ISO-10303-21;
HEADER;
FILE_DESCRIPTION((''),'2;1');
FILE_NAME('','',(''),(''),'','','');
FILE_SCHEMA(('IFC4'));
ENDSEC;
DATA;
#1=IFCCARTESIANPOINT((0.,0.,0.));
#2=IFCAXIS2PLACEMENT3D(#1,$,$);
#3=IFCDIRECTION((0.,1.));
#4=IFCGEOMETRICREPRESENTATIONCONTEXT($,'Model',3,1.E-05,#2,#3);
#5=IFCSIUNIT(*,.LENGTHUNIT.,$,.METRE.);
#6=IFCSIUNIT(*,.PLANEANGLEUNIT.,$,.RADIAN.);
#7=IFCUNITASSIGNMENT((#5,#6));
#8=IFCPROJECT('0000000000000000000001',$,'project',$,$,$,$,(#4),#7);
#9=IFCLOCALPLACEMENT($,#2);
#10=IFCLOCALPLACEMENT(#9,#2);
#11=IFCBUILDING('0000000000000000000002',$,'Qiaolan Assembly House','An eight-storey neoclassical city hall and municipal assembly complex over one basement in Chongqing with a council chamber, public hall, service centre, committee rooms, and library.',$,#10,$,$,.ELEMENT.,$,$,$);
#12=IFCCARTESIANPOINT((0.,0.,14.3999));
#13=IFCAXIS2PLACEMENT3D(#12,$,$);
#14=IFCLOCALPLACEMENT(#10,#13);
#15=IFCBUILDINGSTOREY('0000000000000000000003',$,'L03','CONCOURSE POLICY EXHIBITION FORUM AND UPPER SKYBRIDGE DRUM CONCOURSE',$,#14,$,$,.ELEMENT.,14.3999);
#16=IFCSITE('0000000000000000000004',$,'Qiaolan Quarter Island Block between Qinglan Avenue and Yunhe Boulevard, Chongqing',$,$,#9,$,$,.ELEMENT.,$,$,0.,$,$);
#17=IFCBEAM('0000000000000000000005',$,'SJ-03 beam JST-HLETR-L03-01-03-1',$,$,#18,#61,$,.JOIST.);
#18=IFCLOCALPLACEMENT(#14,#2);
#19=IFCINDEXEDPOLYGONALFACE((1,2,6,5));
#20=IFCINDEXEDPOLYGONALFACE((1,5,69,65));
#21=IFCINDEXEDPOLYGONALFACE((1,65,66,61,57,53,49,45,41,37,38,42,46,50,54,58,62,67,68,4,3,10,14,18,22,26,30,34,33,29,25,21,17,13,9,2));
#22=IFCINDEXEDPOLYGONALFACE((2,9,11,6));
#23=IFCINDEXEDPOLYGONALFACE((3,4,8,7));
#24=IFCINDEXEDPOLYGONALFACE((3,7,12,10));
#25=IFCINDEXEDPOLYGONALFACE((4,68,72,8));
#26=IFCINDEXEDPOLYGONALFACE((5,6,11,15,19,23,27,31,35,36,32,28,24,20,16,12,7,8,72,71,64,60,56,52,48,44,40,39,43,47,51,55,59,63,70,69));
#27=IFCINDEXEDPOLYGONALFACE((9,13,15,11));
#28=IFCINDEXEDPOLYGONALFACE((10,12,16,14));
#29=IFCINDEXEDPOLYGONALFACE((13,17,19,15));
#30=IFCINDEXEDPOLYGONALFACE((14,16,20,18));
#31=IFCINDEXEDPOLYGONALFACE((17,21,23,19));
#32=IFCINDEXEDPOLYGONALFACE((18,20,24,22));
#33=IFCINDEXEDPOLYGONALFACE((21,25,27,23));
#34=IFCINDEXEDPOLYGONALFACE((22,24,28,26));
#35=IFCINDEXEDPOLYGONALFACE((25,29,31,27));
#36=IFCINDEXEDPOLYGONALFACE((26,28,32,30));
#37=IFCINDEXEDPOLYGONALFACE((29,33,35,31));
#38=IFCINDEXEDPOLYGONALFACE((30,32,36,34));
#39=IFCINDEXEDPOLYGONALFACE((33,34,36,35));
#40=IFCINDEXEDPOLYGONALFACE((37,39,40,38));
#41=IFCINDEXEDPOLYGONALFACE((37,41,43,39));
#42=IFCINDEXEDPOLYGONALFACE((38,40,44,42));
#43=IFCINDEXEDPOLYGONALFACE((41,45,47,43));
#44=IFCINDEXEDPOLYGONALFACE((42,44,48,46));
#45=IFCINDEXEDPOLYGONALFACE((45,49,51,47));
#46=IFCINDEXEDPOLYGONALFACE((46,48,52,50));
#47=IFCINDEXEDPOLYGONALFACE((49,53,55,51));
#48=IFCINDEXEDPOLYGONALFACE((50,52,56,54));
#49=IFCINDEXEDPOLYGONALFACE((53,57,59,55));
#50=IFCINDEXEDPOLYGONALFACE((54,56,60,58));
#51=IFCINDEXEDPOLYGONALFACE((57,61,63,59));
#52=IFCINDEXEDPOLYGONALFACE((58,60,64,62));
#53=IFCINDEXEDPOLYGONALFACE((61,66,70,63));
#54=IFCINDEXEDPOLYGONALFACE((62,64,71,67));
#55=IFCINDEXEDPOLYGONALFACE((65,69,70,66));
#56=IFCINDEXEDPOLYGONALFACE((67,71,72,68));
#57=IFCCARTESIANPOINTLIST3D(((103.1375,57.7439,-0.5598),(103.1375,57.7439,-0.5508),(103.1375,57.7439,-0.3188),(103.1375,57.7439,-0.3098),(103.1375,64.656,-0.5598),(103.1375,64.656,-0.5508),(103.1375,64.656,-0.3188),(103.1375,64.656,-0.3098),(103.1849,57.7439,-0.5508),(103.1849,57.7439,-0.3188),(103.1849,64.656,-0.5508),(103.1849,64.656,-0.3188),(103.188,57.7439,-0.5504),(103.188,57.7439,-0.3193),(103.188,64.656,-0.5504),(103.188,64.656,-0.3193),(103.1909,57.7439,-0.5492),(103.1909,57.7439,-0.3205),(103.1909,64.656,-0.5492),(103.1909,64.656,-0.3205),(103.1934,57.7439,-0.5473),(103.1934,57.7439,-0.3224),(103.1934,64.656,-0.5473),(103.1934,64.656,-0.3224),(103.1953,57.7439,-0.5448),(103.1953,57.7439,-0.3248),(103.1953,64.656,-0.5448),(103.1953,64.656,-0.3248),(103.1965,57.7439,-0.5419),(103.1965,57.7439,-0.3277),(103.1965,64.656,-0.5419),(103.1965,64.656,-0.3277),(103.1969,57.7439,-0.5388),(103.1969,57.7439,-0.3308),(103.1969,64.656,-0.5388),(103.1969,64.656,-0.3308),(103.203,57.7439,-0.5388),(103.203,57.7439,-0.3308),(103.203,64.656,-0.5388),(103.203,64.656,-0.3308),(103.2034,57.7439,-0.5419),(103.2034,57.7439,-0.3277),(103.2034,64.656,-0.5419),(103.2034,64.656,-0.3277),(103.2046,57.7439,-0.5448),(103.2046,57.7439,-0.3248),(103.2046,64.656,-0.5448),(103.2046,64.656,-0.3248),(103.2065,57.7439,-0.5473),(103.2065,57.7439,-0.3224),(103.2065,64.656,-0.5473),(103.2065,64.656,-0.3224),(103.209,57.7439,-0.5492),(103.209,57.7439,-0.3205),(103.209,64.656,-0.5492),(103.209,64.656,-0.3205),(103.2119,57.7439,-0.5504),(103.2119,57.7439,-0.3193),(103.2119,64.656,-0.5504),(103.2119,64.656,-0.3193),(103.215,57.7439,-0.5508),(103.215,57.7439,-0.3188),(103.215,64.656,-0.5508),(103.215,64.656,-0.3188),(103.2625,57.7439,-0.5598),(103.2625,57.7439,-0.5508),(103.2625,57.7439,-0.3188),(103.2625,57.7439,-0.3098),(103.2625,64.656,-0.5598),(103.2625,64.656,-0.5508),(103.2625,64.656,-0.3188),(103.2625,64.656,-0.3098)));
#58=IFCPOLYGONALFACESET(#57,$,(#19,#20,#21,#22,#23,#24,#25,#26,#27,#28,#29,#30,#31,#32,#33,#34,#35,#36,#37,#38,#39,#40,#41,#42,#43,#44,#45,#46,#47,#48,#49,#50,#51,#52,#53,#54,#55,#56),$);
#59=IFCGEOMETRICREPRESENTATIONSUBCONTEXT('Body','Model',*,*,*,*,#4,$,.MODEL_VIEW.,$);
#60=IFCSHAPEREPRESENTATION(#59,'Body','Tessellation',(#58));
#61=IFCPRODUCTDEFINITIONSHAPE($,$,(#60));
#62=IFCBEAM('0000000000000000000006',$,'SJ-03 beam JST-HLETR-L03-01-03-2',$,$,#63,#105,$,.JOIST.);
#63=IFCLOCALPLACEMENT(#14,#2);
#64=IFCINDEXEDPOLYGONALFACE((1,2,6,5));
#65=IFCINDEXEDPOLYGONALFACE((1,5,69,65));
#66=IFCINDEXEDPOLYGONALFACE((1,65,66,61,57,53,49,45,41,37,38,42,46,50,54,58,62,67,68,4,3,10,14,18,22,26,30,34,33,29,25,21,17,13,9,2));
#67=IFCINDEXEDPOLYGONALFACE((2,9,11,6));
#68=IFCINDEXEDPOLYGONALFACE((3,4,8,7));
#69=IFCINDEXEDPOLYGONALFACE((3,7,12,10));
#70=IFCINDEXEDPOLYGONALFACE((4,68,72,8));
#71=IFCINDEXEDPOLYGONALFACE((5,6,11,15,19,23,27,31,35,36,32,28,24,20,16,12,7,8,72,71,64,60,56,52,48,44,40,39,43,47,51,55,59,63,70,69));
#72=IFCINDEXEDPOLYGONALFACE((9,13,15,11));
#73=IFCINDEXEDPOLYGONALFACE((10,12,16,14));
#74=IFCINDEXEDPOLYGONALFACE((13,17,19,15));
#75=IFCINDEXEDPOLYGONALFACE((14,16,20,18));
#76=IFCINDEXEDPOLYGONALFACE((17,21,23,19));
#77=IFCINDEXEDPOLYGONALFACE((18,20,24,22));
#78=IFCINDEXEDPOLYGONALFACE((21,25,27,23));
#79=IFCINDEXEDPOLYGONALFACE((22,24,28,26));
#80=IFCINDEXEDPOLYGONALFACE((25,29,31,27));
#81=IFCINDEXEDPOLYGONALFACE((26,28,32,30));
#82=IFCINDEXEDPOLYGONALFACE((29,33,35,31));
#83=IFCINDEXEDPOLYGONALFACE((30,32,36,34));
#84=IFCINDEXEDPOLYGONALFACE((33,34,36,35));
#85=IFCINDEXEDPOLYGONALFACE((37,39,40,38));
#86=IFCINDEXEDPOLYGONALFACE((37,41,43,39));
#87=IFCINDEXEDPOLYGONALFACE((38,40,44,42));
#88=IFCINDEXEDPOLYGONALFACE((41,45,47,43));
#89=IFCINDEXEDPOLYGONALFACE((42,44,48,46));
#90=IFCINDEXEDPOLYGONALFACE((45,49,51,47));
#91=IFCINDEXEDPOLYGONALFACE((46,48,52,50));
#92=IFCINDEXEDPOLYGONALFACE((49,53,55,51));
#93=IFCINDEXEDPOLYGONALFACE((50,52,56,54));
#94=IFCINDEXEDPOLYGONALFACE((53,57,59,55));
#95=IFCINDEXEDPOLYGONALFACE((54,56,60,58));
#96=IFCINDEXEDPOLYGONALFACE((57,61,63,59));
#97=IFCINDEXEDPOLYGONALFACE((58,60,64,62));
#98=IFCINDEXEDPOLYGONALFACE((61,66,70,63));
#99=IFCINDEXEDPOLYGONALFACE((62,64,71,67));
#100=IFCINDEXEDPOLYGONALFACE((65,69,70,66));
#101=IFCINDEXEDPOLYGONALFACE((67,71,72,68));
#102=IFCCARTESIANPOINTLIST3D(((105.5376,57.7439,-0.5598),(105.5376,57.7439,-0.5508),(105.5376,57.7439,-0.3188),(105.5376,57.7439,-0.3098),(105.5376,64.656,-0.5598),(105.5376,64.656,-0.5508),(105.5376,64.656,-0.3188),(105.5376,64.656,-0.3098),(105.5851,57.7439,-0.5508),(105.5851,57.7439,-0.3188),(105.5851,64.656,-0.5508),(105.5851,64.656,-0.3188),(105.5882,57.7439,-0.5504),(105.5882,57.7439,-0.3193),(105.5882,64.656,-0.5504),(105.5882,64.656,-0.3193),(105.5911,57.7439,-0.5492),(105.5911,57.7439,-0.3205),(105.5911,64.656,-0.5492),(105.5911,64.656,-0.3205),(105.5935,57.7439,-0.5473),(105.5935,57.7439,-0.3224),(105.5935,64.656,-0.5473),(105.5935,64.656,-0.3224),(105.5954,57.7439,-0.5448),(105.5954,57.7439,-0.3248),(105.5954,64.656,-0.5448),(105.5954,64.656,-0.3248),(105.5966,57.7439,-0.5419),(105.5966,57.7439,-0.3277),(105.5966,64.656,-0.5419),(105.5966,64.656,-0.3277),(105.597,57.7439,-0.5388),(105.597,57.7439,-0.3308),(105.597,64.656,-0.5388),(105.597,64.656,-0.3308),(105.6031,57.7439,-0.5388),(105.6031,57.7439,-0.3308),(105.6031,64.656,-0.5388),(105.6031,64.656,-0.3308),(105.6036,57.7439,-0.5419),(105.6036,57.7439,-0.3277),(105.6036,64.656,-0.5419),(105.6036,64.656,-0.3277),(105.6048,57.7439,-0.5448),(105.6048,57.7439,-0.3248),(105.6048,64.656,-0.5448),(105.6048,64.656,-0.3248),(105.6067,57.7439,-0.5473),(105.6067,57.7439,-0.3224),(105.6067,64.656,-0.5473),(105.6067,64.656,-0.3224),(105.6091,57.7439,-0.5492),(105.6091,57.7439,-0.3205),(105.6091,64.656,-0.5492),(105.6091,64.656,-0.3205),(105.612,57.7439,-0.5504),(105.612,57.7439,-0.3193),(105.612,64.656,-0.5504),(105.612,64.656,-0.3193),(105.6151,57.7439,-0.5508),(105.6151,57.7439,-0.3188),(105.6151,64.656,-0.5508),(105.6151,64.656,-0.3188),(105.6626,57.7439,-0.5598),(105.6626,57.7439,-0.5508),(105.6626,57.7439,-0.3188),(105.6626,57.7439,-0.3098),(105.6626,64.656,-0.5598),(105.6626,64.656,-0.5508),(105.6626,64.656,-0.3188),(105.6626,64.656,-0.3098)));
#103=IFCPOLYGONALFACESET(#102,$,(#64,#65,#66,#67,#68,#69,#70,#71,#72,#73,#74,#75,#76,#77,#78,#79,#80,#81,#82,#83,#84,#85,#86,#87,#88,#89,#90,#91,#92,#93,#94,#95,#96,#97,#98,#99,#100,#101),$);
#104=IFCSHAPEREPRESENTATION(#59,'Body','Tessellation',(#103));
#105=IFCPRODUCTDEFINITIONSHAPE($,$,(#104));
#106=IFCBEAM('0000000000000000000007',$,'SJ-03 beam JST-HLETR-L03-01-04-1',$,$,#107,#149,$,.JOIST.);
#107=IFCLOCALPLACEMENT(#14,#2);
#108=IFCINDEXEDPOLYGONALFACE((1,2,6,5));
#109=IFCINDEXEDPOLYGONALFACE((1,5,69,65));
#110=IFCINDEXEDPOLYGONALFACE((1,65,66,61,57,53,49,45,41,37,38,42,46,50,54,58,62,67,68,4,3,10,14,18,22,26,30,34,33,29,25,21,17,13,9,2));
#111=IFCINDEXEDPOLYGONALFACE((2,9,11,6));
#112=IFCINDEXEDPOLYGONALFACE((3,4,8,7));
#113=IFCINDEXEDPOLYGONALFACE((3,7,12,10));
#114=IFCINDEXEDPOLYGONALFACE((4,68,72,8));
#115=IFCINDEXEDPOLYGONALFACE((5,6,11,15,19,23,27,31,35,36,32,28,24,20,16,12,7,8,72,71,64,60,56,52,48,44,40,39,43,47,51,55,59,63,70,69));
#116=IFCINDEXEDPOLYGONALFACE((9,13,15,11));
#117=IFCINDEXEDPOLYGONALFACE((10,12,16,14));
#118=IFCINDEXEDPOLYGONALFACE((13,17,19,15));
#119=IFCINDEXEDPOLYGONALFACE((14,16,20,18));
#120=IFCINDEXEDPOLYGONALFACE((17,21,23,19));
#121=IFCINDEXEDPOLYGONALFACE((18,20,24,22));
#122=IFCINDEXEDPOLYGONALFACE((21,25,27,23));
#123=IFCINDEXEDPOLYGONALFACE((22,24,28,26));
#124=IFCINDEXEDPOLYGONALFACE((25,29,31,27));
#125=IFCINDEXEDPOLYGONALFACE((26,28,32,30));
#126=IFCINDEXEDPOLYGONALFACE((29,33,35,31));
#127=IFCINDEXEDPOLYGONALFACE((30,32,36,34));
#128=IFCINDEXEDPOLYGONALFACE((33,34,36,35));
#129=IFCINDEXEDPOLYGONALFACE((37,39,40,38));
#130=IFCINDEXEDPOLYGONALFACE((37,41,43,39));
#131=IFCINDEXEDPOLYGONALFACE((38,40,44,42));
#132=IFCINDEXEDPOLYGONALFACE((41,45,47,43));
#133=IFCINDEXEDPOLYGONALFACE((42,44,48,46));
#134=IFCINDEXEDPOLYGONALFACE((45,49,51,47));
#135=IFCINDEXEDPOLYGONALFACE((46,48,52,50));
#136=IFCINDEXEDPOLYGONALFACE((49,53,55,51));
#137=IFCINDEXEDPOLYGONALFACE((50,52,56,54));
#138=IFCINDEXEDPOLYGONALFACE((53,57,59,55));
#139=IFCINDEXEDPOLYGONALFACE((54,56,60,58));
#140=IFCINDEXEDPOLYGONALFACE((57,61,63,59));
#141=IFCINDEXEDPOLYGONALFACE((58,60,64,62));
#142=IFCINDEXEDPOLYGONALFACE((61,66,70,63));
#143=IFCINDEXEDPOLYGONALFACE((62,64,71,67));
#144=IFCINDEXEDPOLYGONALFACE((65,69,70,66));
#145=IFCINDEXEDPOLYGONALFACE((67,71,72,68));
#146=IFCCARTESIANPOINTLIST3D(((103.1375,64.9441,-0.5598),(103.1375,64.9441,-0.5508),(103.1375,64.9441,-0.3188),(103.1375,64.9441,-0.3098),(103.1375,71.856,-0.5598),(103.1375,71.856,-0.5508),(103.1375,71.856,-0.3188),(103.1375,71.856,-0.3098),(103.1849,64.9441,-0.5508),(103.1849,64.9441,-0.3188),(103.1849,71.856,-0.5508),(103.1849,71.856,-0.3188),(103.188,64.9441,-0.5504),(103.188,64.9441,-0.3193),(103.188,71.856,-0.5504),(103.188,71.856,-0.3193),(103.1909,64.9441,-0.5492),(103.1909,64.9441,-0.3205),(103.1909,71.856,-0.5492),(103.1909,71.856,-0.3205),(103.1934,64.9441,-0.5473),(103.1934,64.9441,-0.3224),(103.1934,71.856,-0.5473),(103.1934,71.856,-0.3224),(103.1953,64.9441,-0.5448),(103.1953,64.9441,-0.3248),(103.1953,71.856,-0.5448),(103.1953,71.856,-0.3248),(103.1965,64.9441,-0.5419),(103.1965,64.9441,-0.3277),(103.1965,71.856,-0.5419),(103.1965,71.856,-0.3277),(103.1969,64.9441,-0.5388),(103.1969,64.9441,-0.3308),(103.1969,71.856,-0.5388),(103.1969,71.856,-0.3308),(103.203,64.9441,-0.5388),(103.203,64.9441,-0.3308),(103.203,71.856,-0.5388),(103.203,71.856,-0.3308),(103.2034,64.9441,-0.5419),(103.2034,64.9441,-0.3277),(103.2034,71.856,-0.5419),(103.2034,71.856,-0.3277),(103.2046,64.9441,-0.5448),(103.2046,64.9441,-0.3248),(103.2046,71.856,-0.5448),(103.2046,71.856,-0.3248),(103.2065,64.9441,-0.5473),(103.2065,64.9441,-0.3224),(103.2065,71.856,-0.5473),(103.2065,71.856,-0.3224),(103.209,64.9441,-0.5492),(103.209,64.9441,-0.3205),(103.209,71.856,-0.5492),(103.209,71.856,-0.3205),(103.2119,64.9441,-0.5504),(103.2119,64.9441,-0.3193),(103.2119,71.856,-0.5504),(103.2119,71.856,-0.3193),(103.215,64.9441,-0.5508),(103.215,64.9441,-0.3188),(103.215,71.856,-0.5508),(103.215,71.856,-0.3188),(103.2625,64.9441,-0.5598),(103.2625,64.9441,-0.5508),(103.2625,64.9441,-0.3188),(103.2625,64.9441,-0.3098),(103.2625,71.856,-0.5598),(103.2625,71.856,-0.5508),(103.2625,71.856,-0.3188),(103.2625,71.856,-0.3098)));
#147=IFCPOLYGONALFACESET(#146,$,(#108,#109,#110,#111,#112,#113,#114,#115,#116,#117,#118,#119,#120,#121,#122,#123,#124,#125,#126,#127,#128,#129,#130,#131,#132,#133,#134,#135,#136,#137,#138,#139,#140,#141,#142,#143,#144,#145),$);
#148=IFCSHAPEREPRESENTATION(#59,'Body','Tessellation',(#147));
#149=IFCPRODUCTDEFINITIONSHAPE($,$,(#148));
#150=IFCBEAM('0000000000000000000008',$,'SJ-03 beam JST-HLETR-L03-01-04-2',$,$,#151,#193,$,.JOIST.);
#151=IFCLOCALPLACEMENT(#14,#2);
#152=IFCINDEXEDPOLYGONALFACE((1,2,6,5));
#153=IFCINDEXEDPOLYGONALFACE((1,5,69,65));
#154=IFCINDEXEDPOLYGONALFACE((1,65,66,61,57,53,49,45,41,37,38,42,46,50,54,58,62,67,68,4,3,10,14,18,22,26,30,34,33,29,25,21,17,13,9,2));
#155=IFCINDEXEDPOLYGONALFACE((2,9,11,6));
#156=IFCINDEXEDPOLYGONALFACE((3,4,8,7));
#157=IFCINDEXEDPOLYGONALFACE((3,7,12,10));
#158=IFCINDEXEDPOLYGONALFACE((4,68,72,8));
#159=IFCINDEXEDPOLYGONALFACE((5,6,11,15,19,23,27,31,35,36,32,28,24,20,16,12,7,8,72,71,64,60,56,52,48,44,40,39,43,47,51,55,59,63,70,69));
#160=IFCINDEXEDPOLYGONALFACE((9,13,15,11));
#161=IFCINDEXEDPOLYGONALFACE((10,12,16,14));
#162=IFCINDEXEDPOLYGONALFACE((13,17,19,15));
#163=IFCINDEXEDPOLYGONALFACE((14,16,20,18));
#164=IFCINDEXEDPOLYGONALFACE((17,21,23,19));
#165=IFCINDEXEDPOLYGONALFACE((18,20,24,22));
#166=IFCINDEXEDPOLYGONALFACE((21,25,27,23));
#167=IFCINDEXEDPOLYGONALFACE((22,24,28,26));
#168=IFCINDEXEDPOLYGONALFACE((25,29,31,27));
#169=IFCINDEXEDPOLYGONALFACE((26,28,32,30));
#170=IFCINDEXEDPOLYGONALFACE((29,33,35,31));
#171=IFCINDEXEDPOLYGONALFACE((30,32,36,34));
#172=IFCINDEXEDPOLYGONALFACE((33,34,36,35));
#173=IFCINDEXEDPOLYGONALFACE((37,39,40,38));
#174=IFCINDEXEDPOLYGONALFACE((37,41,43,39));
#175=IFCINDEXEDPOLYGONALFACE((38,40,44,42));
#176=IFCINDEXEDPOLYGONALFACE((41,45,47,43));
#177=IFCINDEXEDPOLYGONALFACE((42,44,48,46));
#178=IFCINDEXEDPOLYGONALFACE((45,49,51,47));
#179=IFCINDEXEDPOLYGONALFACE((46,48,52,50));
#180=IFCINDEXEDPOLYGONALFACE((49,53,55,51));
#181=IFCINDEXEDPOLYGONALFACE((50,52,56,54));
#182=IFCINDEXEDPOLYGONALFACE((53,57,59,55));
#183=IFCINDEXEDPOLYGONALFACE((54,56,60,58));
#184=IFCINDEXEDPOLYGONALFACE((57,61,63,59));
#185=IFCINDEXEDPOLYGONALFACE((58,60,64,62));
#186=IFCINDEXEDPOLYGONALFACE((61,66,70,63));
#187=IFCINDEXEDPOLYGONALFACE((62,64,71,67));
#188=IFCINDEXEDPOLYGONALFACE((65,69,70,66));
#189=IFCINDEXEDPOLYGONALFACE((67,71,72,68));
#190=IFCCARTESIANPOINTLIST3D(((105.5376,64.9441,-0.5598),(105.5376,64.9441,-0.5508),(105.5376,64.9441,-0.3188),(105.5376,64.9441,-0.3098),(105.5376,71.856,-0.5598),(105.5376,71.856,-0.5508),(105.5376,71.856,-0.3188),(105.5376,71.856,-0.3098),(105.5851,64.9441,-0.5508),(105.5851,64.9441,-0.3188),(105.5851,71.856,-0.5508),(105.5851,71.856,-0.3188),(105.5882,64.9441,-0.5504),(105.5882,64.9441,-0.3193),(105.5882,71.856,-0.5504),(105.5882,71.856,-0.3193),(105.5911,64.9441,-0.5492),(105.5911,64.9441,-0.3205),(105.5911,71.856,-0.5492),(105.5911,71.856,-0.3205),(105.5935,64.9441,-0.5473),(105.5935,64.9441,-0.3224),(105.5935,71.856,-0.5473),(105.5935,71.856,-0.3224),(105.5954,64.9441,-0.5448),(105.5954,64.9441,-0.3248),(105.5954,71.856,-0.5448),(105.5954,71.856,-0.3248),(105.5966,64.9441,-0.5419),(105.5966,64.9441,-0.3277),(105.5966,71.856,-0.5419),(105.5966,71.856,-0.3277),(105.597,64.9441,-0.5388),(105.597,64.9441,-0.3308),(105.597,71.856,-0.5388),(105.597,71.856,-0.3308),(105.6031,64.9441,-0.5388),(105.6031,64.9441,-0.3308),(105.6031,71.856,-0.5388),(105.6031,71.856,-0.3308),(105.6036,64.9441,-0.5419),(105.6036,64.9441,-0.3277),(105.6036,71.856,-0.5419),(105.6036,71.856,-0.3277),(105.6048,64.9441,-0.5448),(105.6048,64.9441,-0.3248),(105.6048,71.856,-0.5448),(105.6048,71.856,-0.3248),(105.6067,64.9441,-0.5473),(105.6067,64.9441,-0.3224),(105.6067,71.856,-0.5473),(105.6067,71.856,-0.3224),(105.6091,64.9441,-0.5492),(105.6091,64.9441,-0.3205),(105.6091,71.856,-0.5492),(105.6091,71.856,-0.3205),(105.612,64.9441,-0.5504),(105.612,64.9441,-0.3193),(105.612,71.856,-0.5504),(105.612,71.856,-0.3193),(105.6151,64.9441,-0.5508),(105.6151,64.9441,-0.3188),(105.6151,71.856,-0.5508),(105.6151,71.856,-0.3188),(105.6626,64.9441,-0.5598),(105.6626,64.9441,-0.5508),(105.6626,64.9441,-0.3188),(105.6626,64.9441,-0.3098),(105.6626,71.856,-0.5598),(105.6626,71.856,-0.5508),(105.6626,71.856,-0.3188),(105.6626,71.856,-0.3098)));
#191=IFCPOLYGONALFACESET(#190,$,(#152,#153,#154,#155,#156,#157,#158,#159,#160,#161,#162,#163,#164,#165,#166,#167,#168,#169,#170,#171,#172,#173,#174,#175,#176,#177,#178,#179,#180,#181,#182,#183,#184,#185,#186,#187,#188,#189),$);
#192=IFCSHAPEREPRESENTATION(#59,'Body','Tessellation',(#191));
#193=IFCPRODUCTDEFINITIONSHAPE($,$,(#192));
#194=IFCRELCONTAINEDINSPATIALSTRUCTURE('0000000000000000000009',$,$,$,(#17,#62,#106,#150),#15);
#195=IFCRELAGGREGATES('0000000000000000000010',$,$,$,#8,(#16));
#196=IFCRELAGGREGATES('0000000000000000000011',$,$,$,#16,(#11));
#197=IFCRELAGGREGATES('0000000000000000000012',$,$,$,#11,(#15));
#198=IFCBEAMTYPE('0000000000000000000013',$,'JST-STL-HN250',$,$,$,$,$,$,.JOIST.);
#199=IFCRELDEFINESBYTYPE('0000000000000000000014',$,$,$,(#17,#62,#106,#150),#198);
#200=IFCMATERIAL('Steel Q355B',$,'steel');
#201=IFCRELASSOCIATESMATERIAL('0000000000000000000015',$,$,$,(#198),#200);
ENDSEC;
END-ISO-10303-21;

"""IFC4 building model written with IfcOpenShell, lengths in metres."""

from ifc_helpers import new_model, si_unit, direction, frame, origin, origin_2d, place, context, subcontext, project, spatial, i_section, extrude, material, material_profile, profile_set, type_object, element, save


model = new_model("IFC4")

# Units and contexts
model_context = context("Model", 3, precision=1e-05, world=origin(), true_north=direction((0.0, 1.0)))
body_context = subcontext(model_context, "Body", "Model", "MODEL_VIEW")
ifc_project = project(units=[si_unit("LENGTHUNIT", "METRE"), si_unit("PLANEANGLEUNIT", "RADIAN")], contexts=[model_context])

# Site, building, storey
site_placement = place(None, origin())
site = spatial("IfcSite", under=ifc_project, at=site_placement, Name="Qiaolan Quarter Island Block between Qinglan Avenue and Yunhe Boulevard, Chongqing", CompositionType="ELEMENT", RefElevation=0.0)
building_placement = place(site_placement, origin())
building = spatial("IfcBuilding", under=site, at=building_placement, Name="Qiaolan Assembly House", Description="An eight-storey neoclassical city hall and municipal assembly complex over one basement in Chongqing with a council chamber, public hall, service centre, committee rooms, and library.", CompositionType="ELEMENT")
storey_placement = place(building_placement, frame((0.0, 0.0, 14.3999)))
storey = spatial("IfcBuildingStorey", under=building, at=storey_placement, Name="L03", Description="CONCOURSE POLICY EXHIBITION FORUM AND UPPER SKYBRIDGE DRUM CONCOURSE", CompositionType="ELEMENT", Elevation=14.3999)

# Shared definitions
ifc_material_1 = material(Name="Steel Q355B", Category="steel")

# Beams
ifc_material_profile_1 = material_profile(ifc_material_1, i_section(OverallWidth=0.125, OverallDepth=0.25, WebThickness=0.0061, FlangeThickness=0.009, FilletRadius=0.012, at=origin_2d()), Name="HN 250x125x6x9")
ifc_profile_set_1 = profile_set([ifc_material_profile_1], Name="Steel Q355B")
beam_type_1 = type_object("IfcBeamType", Name="JST-STL-HN250", PredefinedType="JOIST", material=ifc_profile_set_1)
for number, where, z_axis, x_axis, name in (
    (1, (103.2, 57.7439, -0.4348), (0.0, 1.0, 0.0), (-1.0, 0.0, 0.0), "SJ-03 beam JST-HLETR-L03-01-03-1"),
    (2, (105.6001, 57.7439, -0.4348), (0.0, 1.0, 0.0), (-1.0, 0.0, 0.0), "SJ-03 beam JST-HLETR-L03-01-03-2"),
):
    element("IfcBeam", number, at=place(storey_placement, frame(where, z_axis=z_axis, x_axis=x_axis)), inside=storey, type_object=beam_type_1, Name=name, PredefinedType="JOIST", context=body_context, shape_type="SweptSolid", body=[
        extrude(i_section(OverallWidth=0.125, OverallDepth=0.25, WebThickness=0.0061, FlangeThickness=0.009, FilletRadius=0.012, at=origin_2d()), origin(), (0.0, 0.0, 1.0), 6.9121),
    ])
for number, where, z_axis, x_axis, name in (
    (3, (103.2, 64.9441, -0.4348), (0.0, 1.0, 0.0), (-1.0, 0.0, 0.0), "SJ-03 beam JST-HLETR-L03-01-04-1"),
    (4, (105.6001, 64.9441, -0.4348), (0.0, 1.0, 0.0), (-1.0, 0.0, 0.0), "SJ-03 beam JST-HLETR-L03-01-04-2"),
):
    element("IfcBeam", number, at=place(storey_placement, frame(where, z_axis=z_axis, x_axis=x_axis)), inside=storey, type_object=beam_type_1, Name=name, PredefinedType="JOIST", context=body_context, shape_type="SweptSolid", body=[
        extrude(i_section(OverallWidth=0.125, OverallDepth=0.25, WebThickness=0.0061, FlangeThickness=0.009, FilletRadius=0.012, at=origin_2d()), origin(), (0.0, 0.0, 1.0), 6.9119),
    ])

save(model, "model.ifc")
